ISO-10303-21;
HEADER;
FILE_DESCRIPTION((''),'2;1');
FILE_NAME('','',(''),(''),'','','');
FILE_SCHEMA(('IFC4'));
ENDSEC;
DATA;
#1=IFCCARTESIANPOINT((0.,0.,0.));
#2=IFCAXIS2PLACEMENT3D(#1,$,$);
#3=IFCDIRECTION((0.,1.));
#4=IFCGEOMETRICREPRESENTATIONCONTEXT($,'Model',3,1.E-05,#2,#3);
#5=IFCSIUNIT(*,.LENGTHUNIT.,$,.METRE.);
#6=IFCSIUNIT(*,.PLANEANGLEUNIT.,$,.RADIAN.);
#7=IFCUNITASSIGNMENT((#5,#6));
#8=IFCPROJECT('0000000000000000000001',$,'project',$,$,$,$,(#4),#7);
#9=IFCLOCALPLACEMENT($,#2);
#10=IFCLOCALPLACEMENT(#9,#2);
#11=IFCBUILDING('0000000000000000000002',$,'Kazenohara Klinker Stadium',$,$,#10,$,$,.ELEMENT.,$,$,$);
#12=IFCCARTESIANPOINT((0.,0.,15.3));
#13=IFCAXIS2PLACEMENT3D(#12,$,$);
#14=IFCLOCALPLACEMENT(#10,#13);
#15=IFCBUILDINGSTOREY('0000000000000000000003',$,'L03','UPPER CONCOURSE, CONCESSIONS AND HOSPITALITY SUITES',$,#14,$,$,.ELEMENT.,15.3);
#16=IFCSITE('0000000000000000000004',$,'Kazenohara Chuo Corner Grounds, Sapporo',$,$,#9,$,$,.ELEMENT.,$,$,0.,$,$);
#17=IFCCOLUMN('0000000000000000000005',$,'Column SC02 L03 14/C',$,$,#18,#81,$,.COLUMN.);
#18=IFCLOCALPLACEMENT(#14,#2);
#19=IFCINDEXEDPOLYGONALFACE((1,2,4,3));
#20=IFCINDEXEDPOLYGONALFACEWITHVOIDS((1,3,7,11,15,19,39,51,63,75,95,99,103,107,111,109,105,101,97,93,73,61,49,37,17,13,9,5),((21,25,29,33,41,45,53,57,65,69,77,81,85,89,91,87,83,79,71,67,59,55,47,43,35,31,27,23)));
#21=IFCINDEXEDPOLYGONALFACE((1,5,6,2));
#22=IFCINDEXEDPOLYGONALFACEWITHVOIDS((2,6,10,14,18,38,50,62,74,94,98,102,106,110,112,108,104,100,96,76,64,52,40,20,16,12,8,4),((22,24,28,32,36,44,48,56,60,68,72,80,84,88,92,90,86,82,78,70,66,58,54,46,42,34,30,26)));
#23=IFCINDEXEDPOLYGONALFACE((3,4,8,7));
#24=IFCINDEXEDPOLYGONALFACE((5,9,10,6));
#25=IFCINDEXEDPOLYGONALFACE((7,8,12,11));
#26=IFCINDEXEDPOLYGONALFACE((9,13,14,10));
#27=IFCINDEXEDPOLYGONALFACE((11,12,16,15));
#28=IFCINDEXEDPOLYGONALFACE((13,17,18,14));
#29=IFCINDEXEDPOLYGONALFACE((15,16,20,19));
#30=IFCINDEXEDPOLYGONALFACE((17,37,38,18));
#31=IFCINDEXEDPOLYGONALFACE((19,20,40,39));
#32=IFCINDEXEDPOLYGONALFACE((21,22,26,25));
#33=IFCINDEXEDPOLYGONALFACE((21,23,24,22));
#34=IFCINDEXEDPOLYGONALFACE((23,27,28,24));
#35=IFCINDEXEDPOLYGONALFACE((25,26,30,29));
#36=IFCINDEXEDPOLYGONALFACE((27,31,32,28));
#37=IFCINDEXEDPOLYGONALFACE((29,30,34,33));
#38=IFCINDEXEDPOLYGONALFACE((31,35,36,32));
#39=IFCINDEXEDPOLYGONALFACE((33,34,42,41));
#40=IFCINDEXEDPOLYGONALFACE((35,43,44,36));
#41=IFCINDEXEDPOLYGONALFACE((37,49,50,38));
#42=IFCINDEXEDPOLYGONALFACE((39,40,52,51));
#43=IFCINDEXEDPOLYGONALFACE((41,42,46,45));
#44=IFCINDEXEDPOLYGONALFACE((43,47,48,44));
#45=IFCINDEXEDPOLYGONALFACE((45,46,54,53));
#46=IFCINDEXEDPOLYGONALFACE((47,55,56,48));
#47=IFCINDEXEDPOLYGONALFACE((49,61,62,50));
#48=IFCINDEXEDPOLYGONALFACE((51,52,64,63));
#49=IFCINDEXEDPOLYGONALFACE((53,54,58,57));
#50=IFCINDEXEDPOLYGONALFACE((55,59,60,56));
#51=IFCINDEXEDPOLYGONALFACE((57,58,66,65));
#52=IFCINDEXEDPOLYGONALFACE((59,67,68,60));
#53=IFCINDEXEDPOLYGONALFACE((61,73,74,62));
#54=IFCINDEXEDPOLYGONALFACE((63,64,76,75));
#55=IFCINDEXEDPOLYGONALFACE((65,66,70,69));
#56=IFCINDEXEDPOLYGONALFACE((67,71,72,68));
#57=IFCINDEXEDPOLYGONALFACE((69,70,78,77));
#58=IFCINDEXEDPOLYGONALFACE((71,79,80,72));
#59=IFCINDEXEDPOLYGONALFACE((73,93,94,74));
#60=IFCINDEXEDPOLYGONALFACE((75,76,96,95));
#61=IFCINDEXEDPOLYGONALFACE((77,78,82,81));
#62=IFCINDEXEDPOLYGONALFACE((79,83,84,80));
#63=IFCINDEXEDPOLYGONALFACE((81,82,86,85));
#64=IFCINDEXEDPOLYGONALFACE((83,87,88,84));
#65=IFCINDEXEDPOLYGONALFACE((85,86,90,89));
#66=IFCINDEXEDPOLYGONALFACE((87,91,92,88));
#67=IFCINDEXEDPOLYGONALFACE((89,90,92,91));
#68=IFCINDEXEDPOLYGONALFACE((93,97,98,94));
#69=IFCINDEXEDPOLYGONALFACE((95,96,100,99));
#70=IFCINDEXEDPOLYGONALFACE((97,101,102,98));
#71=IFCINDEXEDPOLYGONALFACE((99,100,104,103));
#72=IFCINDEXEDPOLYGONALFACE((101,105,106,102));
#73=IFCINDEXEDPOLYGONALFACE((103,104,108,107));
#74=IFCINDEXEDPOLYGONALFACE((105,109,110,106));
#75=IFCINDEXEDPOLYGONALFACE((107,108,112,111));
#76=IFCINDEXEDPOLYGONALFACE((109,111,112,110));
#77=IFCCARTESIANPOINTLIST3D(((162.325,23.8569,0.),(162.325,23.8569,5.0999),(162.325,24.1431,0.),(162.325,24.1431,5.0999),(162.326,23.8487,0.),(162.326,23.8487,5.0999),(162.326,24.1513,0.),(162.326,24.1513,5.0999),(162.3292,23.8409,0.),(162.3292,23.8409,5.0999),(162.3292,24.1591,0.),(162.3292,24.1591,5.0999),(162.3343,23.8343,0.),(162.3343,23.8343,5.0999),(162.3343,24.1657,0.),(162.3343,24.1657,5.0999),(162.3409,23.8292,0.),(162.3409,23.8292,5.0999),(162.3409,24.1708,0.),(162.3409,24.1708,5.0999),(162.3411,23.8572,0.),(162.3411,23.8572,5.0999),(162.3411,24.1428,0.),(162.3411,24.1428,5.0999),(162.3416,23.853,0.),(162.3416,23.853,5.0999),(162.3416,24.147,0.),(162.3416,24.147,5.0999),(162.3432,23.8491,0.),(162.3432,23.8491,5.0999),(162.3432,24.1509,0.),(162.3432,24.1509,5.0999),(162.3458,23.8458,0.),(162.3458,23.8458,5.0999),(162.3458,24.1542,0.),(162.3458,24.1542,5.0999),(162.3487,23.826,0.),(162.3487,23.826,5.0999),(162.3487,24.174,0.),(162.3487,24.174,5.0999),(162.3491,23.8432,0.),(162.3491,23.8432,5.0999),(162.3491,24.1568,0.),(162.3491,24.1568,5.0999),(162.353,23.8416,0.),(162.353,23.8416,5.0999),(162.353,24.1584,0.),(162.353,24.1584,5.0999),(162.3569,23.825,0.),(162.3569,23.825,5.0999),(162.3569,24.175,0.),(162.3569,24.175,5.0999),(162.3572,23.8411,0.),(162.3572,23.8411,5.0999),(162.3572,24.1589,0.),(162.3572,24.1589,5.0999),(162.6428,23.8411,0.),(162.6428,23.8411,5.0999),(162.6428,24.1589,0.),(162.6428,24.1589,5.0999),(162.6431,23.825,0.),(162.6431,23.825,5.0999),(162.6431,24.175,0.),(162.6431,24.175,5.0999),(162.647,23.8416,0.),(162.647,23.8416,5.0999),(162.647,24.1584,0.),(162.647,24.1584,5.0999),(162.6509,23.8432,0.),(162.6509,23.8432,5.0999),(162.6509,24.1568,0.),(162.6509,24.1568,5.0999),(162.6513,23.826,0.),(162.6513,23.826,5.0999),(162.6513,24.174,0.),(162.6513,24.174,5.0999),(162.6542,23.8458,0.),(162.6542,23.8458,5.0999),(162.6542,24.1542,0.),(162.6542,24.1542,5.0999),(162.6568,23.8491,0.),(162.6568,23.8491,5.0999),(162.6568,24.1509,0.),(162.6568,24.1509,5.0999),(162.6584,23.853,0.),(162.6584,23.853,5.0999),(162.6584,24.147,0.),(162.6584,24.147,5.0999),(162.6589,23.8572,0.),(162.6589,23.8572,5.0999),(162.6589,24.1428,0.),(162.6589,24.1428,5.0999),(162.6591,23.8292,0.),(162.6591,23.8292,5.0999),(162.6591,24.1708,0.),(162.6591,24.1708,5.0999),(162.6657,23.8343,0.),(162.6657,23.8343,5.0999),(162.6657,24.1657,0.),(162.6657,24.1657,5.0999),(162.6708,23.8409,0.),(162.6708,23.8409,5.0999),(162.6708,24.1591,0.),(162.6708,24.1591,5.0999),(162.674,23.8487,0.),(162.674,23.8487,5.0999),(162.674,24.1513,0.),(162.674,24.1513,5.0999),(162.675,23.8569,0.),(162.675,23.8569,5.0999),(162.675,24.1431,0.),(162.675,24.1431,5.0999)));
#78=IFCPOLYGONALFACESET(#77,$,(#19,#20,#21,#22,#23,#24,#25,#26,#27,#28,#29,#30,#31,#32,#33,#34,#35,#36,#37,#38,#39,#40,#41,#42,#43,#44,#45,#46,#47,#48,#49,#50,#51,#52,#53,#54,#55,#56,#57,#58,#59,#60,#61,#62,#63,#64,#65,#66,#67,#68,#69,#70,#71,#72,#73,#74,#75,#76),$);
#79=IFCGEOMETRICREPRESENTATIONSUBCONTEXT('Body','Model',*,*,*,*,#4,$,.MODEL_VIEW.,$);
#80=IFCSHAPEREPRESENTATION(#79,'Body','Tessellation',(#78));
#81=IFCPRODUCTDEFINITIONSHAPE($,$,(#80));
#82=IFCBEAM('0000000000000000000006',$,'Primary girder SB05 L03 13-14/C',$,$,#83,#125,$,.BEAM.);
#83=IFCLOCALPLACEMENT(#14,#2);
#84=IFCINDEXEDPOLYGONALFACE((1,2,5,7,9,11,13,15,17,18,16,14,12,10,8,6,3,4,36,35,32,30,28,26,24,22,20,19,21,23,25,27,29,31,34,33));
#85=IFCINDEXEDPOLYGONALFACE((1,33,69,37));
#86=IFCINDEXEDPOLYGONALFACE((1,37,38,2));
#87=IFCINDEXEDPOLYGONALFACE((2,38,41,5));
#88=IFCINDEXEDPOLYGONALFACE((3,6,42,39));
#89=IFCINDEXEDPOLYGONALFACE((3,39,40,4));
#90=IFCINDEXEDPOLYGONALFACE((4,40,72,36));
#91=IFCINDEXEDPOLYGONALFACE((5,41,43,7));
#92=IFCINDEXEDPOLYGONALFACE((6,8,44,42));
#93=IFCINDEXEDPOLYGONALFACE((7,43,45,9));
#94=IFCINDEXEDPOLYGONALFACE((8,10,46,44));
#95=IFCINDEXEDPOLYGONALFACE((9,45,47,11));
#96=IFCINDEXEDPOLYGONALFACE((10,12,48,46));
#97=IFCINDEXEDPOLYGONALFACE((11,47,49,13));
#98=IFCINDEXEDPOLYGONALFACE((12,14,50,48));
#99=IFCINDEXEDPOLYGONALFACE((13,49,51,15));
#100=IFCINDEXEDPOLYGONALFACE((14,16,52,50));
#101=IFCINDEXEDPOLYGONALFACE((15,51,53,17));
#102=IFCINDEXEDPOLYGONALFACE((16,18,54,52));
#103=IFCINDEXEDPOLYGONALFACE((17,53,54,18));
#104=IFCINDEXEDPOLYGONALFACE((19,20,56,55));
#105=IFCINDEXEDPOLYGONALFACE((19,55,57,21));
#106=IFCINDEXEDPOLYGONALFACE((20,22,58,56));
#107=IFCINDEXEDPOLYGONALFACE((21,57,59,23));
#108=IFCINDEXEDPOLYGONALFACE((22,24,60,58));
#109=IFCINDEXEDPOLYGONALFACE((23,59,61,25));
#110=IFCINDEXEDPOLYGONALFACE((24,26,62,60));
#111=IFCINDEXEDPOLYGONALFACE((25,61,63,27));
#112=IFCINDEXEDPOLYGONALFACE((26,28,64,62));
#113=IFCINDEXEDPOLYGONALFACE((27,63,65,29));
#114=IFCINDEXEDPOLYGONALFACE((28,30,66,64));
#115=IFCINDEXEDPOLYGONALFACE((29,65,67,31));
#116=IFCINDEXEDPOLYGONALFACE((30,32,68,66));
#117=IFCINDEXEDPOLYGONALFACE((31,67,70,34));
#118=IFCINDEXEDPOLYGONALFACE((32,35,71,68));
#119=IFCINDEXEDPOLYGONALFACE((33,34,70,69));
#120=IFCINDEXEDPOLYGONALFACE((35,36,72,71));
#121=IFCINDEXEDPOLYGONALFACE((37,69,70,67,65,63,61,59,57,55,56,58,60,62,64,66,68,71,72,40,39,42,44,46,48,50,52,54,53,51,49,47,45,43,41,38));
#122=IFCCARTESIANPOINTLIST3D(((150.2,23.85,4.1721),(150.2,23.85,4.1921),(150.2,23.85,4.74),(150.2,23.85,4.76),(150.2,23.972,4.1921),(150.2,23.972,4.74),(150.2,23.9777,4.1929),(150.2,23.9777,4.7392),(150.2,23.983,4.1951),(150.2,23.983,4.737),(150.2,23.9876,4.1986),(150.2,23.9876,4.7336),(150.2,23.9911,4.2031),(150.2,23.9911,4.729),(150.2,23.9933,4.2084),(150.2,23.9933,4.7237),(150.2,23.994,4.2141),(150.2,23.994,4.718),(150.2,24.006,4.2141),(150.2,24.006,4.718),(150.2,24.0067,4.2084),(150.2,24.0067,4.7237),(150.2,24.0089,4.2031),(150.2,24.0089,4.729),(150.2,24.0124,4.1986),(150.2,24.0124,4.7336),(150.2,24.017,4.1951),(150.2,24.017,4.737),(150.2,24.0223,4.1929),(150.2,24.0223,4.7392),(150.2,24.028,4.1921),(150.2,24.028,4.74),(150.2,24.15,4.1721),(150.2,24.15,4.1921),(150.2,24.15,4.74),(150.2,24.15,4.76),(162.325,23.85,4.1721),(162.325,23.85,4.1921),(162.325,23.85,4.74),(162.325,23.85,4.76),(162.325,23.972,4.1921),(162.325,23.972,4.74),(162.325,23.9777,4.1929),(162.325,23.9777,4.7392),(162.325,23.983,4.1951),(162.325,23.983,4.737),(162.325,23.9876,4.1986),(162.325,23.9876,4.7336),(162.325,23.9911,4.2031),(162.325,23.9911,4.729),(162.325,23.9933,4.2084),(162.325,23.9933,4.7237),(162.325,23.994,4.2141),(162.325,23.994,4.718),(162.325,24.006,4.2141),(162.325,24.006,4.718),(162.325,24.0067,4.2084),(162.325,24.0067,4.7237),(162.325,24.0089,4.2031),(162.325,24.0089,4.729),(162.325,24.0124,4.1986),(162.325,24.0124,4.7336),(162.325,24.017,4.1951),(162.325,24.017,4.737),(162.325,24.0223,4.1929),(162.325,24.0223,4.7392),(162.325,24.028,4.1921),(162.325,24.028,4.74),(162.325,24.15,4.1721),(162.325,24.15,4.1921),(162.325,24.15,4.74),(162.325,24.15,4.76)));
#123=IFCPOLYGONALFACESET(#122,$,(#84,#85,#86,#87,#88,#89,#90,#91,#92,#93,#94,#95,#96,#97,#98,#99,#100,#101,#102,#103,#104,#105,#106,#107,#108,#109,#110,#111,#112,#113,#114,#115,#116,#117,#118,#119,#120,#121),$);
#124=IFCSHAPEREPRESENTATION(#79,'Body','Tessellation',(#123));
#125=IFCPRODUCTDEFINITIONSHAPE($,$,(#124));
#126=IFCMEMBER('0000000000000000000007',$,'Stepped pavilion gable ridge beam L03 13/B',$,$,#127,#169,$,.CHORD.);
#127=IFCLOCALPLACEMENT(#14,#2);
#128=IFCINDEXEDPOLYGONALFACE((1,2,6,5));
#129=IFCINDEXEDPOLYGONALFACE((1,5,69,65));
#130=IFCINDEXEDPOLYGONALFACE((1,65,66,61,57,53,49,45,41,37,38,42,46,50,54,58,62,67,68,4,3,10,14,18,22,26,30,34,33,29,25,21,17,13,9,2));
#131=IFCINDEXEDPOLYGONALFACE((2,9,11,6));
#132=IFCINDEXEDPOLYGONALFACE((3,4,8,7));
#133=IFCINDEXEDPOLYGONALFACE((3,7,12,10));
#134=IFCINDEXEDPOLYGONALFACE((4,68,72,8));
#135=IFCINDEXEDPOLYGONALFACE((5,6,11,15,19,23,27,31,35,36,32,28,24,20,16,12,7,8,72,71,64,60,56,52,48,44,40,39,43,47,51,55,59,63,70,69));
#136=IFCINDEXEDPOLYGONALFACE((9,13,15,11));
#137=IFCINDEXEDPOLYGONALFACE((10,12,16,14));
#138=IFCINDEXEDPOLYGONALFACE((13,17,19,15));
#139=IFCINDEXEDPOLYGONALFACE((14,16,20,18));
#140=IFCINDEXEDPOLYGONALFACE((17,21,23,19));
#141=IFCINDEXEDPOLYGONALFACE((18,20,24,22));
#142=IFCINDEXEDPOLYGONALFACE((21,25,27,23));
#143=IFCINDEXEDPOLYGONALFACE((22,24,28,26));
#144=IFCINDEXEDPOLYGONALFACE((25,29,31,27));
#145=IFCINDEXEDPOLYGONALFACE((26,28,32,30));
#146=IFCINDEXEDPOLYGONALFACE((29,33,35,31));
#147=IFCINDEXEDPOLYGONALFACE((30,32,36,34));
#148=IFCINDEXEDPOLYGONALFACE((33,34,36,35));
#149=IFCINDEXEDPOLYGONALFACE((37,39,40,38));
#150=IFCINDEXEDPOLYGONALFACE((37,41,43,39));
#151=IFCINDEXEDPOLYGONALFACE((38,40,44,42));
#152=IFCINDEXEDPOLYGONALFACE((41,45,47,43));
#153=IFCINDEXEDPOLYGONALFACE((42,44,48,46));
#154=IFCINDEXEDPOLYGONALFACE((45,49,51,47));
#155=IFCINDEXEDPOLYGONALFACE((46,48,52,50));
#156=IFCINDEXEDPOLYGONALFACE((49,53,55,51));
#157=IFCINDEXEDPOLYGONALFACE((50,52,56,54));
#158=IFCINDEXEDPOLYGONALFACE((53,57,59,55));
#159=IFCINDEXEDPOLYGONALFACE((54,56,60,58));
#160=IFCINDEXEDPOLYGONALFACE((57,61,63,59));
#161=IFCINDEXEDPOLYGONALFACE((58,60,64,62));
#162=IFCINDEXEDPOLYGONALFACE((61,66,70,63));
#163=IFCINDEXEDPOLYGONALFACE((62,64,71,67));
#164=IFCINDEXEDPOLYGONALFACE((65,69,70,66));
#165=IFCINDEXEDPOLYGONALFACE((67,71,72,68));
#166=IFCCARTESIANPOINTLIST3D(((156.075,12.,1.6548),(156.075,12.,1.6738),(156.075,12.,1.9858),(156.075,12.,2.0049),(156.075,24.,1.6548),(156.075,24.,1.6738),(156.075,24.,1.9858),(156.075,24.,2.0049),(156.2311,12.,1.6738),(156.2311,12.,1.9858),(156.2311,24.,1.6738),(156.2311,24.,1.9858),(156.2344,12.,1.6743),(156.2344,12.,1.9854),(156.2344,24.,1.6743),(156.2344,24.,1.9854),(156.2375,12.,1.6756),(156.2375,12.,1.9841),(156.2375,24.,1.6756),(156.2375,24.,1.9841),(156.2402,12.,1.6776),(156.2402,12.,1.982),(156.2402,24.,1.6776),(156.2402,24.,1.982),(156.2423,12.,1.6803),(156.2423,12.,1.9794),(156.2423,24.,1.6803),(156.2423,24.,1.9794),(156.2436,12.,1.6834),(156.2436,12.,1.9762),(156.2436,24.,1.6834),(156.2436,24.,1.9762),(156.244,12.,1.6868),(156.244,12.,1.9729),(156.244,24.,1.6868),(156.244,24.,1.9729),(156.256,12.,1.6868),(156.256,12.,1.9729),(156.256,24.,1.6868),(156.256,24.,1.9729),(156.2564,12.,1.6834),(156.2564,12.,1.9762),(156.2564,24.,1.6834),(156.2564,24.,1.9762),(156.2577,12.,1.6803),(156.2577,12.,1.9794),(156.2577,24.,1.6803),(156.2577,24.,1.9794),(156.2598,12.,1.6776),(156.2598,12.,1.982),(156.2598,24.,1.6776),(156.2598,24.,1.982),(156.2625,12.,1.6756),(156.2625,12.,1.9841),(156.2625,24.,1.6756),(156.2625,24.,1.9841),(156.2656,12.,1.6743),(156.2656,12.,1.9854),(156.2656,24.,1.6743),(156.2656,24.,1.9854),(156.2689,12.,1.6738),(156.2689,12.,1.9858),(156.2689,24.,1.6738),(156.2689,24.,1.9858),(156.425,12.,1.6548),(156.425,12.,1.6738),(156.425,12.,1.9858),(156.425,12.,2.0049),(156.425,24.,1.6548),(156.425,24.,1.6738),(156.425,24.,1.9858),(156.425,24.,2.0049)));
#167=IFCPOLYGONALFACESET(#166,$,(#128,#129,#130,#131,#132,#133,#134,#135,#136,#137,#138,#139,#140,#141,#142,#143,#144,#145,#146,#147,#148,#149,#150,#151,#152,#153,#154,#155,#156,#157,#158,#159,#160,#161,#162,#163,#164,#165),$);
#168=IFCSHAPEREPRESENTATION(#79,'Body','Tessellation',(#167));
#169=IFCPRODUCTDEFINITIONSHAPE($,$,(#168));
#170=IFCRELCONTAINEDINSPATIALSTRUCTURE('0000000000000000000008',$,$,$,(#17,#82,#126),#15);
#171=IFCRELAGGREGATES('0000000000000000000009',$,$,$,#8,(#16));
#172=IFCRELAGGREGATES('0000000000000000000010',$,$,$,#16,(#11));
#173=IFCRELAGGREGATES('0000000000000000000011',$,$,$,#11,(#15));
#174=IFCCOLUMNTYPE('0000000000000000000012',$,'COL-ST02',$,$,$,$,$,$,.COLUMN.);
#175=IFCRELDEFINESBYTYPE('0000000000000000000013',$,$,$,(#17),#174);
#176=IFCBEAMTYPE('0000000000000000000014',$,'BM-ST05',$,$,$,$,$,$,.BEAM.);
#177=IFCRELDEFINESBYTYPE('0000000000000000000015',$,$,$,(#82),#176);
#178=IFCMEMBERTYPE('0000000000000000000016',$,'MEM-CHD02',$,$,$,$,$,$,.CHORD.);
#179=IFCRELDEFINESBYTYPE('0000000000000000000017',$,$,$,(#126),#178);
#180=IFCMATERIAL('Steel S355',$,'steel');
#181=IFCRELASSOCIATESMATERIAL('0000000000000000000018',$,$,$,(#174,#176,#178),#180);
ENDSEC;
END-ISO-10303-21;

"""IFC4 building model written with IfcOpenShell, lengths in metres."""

from ifc_helpers import new_model, si_unit, direction, frame, origin, origin_2d, place, context, subcontext, project, spatial, hollow_rectangle, i_section, extrude, material, material_profile, profile_set, type_object, element, save


model = new_model("IFC4")

# Units and contexts
model_context = context("Model", 3, precision=1e-05, world=origin(), true_north=direction((0.0, 1.0)))
body_context = subcontext(model_context, "Body", "Model", "MODEL_VIEW")
ifc_project = project(units=[si_unit("LENGTHUNIT", "METRE"), si_unit("PLANEANGLEUNIT", "RADIAN")], contexts=[model_context])

# Site, building, storey
site_placement = place(None, origin())
site = spatial("IfcSite", under=ifc_project, at=site_placement, Name="Kazenohara Chuo Corner Grounds, Sapporo", CompositionType="ELEMENT", RefElevation=0.0)
building_placement = place(site_placement, origin())
building = spatial("IfcBuilding", under=site, at=building_placement, Name="Kazenohara Klinker Stadium", CompositionType="ELEMENT")
storey_placement = place(building_placement, frame((0.0, 0.0, 15.3)))
storey = spatial("IfcBuildingStorey", under=building, at=storey_placement, Name="L03", Description="UPPER CONCOURSE, CONCESSIONS AND HOSPITALITY SUITES", CompositionType="ELEMENT", Elevation=15.3)

# Column
ifc_material_1 = material(Name="Steel S355", Category="steel")
ifc_material_profile_1 = material_profile(ifc_material_1, hollow_rectangle(XDim=0.3501, YDim=0.3501, WallThickness=0.0161, InnerFilletRadius=0.0161, OuterFilletRadius=0.032, at=origin_2d()), Name="SHS-350x350x16")
ifc_profile_set_1 = profile_set([ifc_material_profile_1], Name="Steel S355")
column_type = type_object("IfcColumnType", Name="COL-ST02", PredefinedType="COLUMN", material=ifc_profile_set_1)
column_placement = place(storey_placement, frame((162.5, 24.0, 0.0), z_axis=(0.0, 0.0, 1.0), x_axis=(1.0, 0.0, 0.0)))
element("IfcColumn", 1, at=column_placement, inside=storey, type_object=column_type, Name="Column SC02 L03 14/C", PredefinedType="COLUMN", context=body_context, shape_type="SweptSolid", body=[
    extrude(hollow_rectangle(XDim=0.3501, YDim=0.3501, WallThickness=0.0161, InnerFilletRadius=0.0161, OuterFilletRadius=0.032, at=origin_2d()), origin(), (0.0, 0.0, 1.0), 5.0999),
])

# Beam
ifc_material_profile_2 = material_profile(ifc_material_1, i_section(OverallWidth=0.3, OverallDepth=0.5879, WebThickness=0.012, FlangeThickness=0.02, FilletRadius=0.022, at=origin_2d()), Name="H-588x300x12x20")
ifc_profile_set_2 = profile_set([ifc_material_profile_2], Name="Steel S355")
beam_type_1 = type_object("IfcBeamType", Name="BM-ST05", PredefinedType="BEAM", material=ifc_profile_set_2)
beam_1_placement = place(storey_placement, frame((150.2, 24.0, 4.4661), z_axis=(1.0, 0.0, 0.0), x_axis=(0.0, 1.0, 0.0)))
element("IfcBeam", 2, at=beam_1_placement, inside=storey, type_object=beam_type_1, Name="Primary girder SB05 L03 13-14/C", PredefinedType="BEAM", context=body_context, shape_type="SweptSolid", body=[
    extrude(i_section(OverallWidth=0.3, OverallDepth=0.5879, WebThickness=0.012, FlangeThickness=0.02, FilletRadius=0.022, at=origin_2d()), origin(), (0.0, 0.0, 1.0), 12.125),
])

# Member
ifc_material_profile_3 = material_profile(ifc_material_1, i_section(OverallWidth=0.3501, OverallDepth=0.3501, WebThickness=0.012, FlangeThickness=0.019, FilletRadius=0.0129, at=origin_2d()), Name="H-350x350x12x19")
ifc_profile_set_3 = profile_set([ifc_material_profile_3], Name="Steel S355")
member_type_1 = type_object("IfcMemberType", Name="MEM-CHD02", PredefinedType="CHORD", material=ifc_profile_set_3)
for number, where, z_axis, x_axis, name in (
    (3, (156.25, 12.0, 1.8298), (0.0, 1.0, 0.0), (-1.0, 0.0, 0.0), "Stepped pavilion gable ridge beam L03 13/B"),
):
    element("IfcMember", number, at=place(storey_placement, frame(where, z_axis=z_axis, x_axis=x_axis)), inside=storey, type_object=member_type_1, Name=name, PredefinedType="CHORD", context=body_context, shape_type="SweptSolid", body=[
        extrude(i_section(OverallWidth=0.3501, OverallDepth=0.3501, WebThickness=0.012, FlangeThickness=0.019, FilletRadius=0.0129, at=origin_2d()), origin(), (0.0, 0.0, 1.0), 12.0),
    ])

save(model, "model.ifc")
